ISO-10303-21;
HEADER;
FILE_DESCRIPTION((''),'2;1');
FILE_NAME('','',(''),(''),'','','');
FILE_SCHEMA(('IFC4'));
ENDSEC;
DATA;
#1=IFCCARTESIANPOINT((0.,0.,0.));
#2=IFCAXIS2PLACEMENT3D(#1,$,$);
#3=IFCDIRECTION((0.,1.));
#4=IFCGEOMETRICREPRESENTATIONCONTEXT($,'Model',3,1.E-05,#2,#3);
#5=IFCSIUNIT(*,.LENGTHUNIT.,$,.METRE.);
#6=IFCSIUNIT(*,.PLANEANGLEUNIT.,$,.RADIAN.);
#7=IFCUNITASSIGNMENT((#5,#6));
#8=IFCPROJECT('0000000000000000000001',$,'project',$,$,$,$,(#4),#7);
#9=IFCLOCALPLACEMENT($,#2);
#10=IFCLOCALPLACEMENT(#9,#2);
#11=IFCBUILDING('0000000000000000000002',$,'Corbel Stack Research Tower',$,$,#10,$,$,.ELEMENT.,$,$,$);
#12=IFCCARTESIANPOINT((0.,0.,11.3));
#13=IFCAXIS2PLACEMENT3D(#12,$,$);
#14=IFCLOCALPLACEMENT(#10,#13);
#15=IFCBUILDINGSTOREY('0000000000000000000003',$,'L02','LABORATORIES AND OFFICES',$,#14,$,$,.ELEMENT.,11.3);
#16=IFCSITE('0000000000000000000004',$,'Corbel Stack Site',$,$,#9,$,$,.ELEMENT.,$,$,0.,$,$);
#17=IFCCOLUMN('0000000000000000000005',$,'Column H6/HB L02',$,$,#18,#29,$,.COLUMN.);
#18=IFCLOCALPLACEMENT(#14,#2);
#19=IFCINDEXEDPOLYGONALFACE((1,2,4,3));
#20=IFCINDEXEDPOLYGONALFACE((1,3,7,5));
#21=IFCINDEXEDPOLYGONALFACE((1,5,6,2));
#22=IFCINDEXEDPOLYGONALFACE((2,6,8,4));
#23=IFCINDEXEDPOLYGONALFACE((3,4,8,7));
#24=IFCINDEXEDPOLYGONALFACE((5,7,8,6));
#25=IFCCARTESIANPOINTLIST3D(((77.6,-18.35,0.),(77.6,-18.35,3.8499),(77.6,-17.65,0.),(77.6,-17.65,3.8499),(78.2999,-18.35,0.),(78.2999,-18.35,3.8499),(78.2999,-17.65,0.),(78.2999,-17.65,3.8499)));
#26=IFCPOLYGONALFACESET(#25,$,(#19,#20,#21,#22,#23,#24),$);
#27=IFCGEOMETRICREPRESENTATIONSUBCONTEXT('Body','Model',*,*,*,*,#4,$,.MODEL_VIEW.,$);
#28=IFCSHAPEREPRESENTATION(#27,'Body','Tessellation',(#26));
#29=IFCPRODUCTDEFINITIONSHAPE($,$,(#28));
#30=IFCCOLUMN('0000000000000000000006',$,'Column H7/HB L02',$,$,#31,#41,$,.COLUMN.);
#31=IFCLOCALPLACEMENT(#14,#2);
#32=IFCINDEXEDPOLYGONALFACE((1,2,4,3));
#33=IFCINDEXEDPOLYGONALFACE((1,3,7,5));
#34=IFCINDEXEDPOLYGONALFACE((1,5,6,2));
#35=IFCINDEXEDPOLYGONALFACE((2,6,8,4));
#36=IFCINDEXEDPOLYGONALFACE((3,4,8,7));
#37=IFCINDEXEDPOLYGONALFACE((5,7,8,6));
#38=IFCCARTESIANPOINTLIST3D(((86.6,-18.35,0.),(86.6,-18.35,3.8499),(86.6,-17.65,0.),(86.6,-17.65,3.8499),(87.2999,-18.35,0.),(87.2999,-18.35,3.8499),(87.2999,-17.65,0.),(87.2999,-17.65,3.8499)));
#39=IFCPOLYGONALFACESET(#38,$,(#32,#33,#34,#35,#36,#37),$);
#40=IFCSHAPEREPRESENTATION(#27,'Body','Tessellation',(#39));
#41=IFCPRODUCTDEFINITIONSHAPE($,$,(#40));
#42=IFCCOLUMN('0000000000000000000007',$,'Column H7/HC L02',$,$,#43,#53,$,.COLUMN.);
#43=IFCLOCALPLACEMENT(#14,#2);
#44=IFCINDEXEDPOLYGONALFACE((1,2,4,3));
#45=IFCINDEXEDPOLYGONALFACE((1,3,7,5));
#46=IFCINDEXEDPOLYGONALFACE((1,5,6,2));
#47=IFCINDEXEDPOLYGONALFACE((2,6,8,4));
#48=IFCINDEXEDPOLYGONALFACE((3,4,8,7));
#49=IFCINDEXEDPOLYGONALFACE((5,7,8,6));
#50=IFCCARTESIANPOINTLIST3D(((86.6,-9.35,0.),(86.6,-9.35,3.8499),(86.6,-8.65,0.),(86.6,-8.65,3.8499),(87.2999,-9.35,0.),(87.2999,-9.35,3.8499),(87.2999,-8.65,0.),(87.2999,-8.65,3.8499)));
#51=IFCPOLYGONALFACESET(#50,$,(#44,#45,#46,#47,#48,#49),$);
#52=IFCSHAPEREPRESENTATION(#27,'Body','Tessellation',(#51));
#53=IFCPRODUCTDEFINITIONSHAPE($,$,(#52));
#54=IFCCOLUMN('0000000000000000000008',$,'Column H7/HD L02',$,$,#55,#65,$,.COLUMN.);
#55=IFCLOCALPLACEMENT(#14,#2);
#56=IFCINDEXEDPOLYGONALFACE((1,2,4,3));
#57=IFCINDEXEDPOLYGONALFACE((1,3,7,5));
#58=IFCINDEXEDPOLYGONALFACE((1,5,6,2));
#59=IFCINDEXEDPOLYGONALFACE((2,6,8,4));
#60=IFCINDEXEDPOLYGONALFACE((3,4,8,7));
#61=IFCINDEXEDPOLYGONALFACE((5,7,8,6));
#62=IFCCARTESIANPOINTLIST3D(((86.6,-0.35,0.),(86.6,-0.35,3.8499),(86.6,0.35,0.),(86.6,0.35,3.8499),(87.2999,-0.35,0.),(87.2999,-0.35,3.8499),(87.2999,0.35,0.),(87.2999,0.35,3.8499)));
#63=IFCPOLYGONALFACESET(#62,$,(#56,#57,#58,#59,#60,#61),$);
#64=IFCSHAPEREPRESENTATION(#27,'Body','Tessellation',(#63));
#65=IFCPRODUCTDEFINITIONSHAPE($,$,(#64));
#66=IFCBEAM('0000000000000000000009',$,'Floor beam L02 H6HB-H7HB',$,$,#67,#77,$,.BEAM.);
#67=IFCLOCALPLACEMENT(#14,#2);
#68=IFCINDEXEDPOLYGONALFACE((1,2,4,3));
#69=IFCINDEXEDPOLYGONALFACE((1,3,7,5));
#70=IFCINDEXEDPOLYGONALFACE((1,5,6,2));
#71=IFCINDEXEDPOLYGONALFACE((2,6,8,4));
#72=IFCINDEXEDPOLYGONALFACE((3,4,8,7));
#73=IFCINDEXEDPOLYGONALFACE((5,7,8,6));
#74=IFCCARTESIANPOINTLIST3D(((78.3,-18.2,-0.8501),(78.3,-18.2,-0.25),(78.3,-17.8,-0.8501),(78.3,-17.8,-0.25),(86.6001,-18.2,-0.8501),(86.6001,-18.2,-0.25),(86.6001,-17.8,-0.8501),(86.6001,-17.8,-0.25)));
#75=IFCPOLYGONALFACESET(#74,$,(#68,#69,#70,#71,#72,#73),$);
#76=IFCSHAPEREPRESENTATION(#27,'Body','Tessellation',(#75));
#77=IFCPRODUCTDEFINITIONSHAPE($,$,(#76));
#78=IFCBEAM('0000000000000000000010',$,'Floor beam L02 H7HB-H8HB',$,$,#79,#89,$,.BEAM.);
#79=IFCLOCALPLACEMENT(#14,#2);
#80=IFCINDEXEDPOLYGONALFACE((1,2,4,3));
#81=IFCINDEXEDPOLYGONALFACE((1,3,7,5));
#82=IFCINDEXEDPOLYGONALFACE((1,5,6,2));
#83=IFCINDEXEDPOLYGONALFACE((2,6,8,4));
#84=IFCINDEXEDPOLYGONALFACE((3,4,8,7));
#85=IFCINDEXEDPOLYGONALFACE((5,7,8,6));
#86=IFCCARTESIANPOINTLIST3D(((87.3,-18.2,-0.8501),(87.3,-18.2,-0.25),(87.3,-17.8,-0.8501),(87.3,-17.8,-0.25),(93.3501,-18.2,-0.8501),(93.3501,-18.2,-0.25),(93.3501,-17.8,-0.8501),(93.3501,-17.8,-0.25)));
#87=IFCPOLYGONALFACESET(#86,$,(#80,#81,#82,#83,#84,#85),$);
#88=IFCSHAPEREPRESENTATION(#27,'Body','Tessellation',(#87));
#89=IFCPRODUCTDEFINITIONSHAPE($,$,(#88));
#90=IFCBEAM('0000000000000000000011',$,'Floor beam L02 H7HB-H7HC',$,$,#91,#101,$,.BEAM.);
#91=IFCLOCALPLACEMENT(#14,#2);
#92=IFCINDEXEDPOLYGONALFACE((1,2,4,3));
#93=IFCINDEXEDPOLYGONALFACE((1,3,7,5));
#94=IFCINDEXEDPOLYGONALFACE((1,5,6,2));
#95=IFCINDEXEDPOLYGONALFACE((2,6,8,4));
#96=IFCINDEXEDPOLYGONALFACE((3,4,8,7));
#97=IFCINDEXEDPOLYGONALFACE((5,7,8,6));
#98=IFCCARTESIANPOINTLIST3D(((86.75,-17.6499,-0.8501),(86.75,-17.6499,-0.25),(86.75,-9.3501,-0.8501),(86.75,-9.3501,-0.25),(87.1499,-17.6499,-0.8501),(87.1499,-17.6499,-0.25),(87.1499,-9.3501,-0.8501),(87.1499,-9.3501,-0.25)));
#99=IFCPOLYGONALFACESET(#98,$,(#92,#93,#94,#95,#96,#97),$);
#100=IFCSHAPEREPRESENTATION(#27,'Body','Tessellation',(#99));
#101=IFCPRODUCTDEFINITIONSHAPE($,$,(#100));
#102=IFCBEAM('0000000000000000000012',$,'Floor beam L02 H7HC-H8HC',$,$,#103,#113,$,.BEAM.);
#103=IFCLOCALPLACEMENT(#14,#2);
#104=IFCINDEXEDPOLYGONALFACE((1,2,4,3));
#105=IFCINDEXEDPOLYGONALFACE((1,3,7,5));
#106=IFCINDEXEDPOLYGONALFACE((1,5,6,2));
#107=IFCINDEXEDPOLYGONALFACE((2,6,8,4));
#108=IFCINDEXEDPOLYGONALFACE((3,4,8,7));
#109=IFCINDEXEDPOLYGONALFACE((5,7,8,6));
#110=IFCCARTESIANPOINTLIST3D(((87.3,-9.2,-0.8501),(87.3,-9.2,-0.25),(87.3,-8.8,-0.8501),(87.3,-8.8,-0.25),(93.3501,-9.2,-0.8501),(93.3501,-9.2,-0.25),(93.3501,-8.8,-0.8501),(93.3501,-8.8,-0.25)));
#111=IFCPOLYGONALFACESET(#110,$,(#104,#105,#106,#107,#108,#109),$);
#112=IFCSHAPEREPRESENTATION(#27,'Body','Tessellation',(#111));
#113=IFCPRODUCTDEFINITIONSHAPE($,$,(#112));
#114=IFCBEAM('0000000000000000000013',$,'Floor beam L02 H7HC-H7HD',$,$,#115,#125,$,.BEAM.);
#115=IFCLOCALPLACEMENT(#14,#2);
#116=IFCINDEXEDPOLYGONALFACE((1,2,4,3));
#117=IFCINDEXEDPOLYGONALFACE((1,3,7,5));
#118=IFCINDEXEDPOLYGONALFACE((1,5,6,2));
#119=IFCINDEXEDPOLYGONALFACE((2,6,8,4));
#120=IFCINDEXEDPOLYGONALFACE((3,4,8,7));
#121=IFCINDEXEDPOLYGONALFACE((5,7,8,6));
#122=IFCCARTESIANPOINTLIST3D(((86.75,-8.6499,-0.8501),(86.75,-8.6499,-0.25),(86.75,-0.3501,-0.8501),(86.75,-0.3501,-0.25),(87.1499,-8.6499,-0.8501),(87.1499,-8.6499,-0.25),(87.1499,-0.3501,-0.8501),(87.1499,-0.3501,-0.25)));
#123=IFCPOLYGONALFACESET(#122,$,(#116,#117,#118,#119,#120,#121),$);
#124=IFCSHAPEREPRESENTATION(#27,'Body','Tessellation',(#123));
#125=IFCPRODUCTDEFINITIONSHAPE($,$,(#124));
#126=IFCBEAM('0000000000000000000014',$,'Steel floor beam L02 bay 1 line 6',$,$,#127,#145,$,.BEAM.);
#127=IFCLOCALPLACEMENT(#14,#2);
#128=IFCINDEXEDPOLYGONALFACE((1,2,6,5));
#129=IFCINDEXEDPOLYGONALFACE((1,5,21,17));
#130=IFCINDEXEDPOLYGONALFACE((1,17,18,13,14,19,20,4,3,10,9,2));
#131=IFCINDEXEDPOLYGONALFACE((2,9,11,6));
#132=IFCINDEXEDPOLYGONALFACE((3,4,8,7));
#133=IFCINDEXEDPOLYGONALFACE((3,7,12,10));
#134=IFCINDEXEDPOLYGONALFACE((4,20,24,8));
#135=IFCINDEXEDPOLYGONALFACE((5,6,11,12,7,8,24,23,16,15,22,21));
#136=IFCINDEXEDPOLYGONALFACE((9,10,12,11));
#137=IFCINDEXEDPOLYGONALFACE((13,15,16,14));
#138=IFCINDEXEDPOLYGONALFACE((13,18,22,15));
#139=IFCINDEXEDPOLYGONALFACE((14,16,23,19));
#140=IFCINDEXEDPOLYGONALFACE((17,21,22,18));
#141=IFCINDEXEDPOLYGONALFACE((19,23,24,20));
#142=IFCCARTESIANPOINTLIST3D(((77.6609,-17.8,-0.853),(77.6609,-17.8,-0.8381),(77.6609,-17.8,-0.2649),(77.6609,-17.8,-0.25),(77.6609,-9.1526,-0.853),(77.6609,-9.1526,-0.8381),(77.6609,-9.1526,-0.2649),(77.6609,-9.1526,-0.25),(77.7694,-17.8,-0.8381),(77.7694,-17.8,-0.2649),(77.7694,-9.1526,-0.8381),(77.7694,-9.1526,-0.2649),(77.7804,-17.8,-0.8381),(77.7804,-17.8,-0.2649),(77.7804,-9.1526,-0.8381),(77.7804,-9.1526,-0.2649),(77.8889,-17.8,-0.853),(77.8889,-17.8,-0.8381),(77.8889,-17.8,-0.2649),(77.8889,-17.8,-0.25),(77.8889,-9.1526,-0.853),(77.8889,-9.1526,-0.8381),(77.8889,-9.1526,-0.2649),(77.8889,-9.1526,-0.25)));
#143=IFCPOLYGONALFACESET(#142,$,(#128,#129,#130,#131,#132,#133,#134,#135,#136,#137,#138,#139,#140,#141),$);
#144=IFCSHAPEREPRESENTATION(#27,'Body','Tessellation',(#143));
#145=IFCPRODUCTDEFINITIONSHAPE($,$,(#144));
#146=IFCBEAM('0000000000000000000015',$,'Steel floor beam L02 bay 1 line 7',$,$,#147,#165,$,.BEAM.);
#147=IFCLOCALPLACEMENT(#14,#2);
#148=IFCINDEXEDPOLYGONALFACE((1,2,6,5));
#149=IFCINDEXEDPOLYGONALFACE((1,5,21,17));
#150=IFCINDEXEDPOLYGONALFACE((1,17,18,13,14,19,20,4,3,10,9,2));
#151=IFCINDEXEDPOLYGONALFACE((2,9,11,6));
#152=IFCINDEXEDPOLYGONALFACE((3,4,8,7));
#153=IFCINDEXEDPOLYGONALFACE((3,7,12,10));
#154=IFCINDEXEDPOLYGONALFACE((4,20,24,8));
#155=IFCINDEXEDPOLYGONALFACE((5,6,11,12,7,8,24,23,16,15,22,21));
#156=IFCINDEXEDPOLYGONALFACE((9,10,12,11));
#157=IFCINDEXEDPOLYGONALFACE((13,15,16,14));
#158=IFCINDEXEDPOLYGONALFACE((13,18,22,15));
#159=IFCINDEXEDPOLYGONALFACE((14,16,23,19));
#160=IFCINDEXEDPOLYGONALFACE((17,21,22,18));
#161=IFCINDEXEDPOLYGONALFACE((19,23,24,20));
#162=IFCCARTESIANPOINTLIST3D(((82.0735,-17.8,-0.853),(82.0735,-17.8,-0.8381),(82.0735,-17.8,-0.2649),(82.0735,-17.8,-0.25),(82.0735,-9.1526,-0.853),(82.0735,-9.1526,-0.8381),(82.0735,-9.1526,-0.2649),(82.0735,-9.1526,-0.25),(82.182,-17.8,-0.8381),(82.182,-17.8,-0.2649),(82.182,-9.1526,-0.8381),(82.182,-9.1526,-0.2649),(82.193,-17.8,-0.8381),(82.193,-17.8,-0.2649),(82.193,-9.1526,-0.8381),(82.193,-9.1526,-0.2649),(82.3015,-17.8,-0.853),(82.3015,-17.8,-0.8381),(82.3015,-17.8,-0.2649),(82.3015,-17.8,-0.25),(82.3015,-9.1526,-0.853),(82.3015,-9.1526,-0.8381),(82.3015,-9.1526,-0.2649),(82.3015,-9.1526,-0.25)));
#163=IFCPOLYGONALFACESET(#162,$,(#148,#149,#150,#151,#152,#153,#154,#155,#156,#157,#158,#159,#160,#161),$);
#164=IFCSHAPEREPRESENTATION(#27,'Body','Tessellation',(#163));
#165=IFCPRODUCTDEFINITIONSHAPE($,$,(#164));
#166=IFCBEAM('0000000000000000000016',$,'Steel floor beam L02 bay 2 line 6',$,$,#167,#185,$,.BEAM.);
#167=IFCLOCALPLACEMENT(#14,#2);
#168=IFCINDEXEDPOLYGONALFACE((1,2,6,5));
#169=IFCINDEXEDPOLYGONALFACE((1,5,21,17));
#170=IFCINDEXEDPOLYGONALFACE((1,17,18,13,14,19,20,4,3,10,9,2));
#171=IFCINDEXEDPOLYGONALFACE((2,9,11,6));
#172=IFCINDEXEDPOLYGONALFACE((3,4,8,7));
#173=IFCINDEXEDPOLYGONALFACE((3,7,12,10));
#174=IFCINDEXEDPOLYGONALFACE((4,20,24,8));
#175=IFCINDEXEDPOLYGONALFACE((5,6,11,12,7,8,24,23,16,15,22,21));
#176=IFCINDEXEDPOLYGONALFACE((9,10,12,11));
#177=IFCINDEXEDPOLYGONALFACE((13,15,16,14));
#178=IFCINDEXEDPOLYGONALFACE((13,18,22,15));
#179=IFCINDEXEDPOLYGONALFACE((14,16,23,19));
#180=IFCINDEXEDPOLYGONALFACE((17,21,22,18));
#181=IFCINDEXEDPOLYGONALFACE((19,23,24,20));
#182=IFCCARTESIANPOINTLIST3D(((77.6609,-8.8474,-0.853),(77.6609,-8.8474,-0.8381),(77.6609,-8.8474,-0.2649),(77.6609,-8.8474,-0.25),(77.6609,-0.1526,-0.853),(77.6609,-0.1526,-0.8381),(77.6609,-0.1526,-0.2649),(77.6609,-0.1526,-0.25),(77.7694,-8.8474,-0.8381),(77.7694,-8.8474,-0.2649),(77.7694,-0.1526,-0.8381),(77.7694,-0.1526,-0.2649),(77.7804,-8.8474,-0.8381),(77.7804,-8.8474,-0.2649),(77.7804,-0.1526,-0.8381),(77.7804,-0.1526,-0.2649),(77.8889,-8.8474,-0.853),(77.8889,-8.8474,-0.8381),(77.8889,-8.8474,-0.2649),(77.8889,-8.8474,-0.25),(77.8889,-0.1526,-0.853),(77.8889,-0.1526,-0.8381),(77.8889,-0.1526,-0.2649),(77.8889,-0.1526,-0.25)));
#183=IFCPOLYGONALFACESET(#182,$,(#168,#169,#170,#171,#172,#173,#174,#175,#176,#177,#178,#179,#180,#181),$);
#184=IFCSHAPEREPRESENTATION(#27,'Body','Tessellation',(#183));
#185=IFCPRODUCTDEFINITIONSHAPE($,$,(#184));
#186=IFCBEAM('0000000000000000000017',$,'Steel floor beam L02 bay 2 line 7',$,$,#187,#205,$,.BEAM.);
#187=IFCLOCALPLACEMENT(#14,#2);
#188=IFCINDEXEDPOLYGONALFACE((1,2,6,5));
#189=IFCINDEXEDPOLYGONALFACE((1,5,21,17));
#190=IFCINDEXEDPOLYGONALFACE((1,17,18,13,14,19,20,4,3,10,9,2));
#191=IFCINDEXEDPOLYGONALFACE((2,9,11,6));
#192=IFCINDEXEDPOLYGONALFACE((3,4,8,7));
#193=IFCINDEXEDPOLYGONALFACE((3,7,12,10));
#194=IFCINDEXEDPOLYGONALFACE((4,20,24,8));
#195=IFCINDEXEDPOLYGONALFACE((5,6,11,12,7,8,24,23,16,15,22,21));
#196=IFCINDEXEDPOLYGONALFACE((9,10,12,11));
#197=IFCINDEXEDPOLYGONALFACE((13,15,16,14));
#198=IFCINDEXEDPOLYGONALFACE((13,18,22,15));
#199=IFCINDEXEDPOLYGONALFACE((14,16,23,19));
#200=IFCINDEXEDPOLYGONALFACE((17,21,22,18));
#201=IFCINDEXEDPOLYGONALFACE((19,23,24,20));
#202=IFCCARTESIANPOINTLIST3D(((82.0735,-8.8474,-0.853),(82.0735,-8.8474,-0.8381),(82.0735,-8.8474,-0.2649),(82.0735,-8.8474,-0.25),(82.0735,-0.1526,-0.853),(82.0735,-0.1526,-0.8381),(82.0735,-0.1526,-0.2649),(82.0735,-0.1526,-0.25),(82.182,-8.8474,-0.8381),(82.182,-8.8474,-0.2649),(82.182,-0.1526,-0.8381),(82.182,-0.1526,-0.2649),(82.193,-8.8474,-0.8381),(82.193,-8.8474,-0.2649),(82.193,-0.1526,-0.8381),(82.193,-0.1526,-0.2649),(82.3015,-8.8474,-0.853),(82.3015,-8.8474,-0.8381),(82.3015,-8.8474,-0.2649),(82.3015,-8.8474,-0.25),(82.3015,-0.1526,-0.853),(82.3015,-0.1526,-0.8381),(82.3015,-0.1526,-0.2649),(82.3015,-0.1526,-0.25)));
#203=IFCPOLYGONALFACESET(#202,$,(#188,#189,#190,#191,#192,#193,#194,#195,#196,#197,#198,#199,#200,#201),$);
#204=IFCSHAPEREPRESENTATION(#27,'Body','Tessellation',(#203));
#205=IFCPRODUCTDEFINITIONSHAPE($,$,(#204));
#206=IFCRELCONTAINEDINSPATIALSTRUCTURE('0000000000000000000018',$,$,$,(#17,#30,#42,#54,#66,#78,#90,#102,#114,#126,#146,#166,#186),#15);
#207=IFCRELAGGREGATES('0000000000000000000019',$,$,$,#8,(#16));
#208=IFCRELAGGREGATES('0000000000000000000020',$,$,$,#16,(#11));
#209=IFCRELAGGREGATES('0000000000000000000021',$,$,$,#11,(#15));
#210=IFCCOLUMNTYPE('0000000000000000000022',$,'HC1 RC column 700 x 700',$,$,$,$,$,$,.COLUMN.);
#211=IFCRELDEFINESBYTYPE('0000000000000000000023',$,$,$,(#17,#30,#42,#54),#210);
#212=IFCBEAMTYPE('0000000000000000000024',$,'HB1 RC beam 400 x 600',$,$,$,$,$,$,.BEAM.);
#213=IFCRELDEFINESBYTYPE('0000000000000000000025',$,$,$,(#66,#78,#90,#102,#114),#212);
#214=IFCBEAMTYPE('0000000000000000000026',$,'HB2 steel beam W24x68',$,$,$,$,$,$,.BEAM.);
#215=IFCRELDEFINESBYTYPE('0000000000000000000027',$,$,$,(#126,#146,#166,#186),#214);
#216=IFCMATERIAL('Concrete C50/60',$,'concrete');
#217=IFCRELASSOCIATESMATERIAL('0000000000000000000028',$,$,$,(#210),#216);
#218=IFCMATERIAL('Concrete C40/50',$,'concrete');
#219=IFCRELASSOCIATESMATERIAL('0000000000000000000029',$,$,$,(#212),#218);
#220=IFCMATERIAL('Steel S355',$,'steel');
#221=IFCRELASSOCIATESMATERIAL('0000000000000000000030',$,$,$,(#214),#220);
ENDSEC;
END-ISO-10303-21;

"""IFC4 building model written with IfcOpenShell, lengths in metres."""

from ifc_helpers import new_model, si_unit, direction, frame, origin, origin_2d, place, context, subcontext, project, spatial, rectangle, i_section, extrude, material, material_profile, profile_set, type_object, element, save


model = new_model("IFC4")

# Units and contexts
model_context = context("Model", 3, precision=1e-05, world=origin(), true_north=direction((0.0, 1.0)))
body_context = subcontext(model_context, "Body", "Model", "MODEL_VIEW")
ifc_project = project(units=[si_unit("LENGTHUNIT", "METRE"), si_unit("PLANEANGLEUNIT", "RADIAN")], contexts=[model_context])

# Site, building, storey
site_placement = place(None, origin())
site = spatial("IfcSite", under=ifc_project, at=site_placement, Name="Corbel Stack Site", CompositionType="ELEMENT", RefElevation=0.0)
building_placement = place(site_placement, origin())
building = spatial("IfcBuilding", under=site, at=building_placement, Name="Corbel Stack Research Tower", CompositionType="ELEMENT")
storey_placement = place(building_placement, frame((0.0, 0.0, 11.3)))
storey = spatial("IfcBuildingStorey", under=building, at=storey_placement, Name="L02", Description="LABORATORIES AND OFFICES", CompositionType="ELEMENT", Elevation=11.3)

# Columns
ifc_material_1 = material(Name="Concrete C50/60", Category="concrete")
ifc_material_profile_1 = material_profile(ifc_material_1, rectangle(XDim=0.7, YDim=0.7, at=origin_2d()), Name="RC 700 x 700")
ifc_profile_set_1 = profile_set([ifc_material_profile_1], Name="Concrete C50/60")
column_type = type_object("IfcColumnType", Name="HC1 RC column 700 x 700", PredefinedType="COLUMN", material=ifc_profile_set_1)
for number, where, z_axis, x_axis, name in (
    (1, (77.95, -18.0, 0.0), (0.0, 0.0, 1.0), (1.0, 0.0, 0.0), "Column H6/HB L02"),
    (2, (86.95, -18.0, 0.0), (0.0, 0.0, 1.0), (1.0, 0.0, 0.0), "Column H7/HB L02"),
    (3, (86.95, -9.0, 0.0), (0.0, 0.0, 1.0), (1.0, 0.0, 0.0), "Column H7/HC L02"),
    (4, (86.95, 0.0, 0.0), (0.0, 0.0, 1.0), (1.0, 0.0, 0.0), "Column H7/HD L02"),
):
    element("IfcColumn", number, at=place(storey_placement, frame(where, z_axis=z_axis, x_axis=x_axis)), inside=storey, type_object=column_type, Name=name, PredefinedType="COLUMN", context=body_context, shape_type="SweptSolid", body=[
        extrude(rectangle(XDim=0.7, YDim=0.7, at=origin_2d()), origin(), (0.0, 0.0, 1.0), 3.8499),
    ])

# Beams
ifc_material_2 = material(Name="Concrete C40/50", Category="concrete")
ifc_material_profile_2 = material_profile(ifc_material_2, rectangle(XDim=0.3999, YDim=0.6001, at=origin_2d()), Name="RC 400 x 600")
ifc_profile_set_2 = profile_set([ifc_material_profile_2], Name="Concrete C40/50")
beam_type_1 = type_object("IfcBeamType", Name="HB1 RC beam 400 x 600", PredefinedType="BEAM", material=ifc_profile_set_2)
beam_1_placement = place(storey_placement, frame((78.3, -18.0, -0.55), z_axis=(1.0, 0.0, 0.0), x_axis=(0.0, 1.0, 0.0)))
element("IfcBeam", 5, at=beam_1_placement, inside=storey, type_object=beam_type_1, Name="Floor beam L02 H6HB-H7HB", PredefinedType="BEAM", context=body_context, shape_type="SweptSolid", body=[
    extrude(rectangle(XDim=0.3999, YDim=0.6001, at=origin_2d()), origin(), (0.0, 0.0, 1.0), 8.3),
])
beam_2_placement = place(storey_placement, frame((87.3, -18.0, -0.55), z_axis=(1.0, 0.0, 0.0), x_axis=(0.0, 1.0, 0.0)))
element("IfcBeam", 6, at=beam_2_placement, inside=storey, type_object=beam_type_1, Name="Floor beam L02 H7HB-H8HB", PredefinedType="BEAM", context=body_context, shape_type="SweptSolid", body=[
    extrude(rectangle(XDim=0.3999, YDim=0.6001, at=origin_2d()), origin(), (0.0, 0.0, 1.0), 6.05),
])
beam_3_placement = place(storey_placement, frame((86.95, -17.6499, -0.55), z_axis=(0.0, 1.0, 0.0), x_axis=(-1.0, 0.0, 0.0)))
element("IfcBeam", 7, at=beam_3_placement, inside=storey, type_object=beam_type_1, Name="Floor beam L02 H7HB-H7HC", PredefinedType="BEAM", context=body_context, shape_type="SweptSolid", body=[
    extrude(rectangle(XDim=0.3999, YDim=0.6001, at=origin_2d()), origin(), (0.0, 0.0, 1.0), 8.2998),
])
beam_4_placement = place(storey_placement, frame((87.3, -9.0, -0.55), z_axis=(1.0, 0.0, 0.0), x_axis=(0.0, 1.0, 0.0)))
element("IfcBeam", 8, at=beam_4_placement, inside=storey, type_object=beam_type_1, Name="Floor beam L02 H7HC-H8HC", PredefinedType="BEAM", context=body_context, shape_type="SweptSolid", body=[
    extrude(rectangle(XDim=0.3999, YDim=0.6001, at=origin_2d()), origin(), (0.0, 0.0, 1.0), 6.05),
])
beam_5_placement = place(storey_placement, frame((86.95, -8.6499, -0.55), z_axis=(0.0, 1.0, 0.0), x_axis=(-1.0, 0.0, 0.0)))
element("IfcBeam", 9, at=beam_5_placement, inside=storey, type_object=beam_type_1, Name="Floor beam L02 H7HC-H7HD", PredefinedType="BEAM", context=body_context, shape_type="SweptSolid", body=[
    extrude(rectangle(XDim=0.3999, YDim=0.6001, at=origin_2d()), origin(), (0.0, 0.0, 1.0), 8.2998),
])
ifc_material_3 = material(Name="Steel S355", Category="steel")
ifc_material_profile_3 = material_profile(ifc_material_3, i_section(OverallWidth=0.228, OverallDepth=0.603, WebThickness=0.011, FlangeThickness=0.0149, at=origin_2d()), Name="W24x68")
ifc_profile_set_3 = profile_set([ifc_material_profile_3], Name="Steel S355")
beam_type_2 = type_object("IfcBeamType", Name="HB2 steel beam W24x68", PredefinedType="BEAM", material=ifc_profile_set_3)
for number, where, z_axis, x_axis, name in (
    (10, (77.7749, -17.8, -0.5515), (0.0, 1.0, 0.0), (-1.0, 0.0, 0.0), "Steel floor beam L02 bay 1 line 6"),
    (11, (82.1875, -17.8, -0.5515), (0.0, 1.0, 0.0), (-1.0, 0.0, 0.0), "Steel floor beam L02 bay 1 line 7"),
):
    element("IfcBeam", number, at=place(storey_placement, frame(where, z_axis=z_axis, x_axis=x_axis)), inside=storey, type_object=beam_type_2, Name=name, PredefinedType="BEAM", context=body_context, shape_type="SweptSolid", body=[
        extrude(i_section(OverallWidth=0.228, OverallDepth=0.603, WebThickness=0.011, FlangeThickness=0.0149, at=origin_2d()), origin(), (0.0, 0.0, 1.0), 8.6475),
    ])
for number, where, z_axis, x_axis, name in (
    (12, (77.7749, -8.8474, -0.5515), (0.0, 1.0, 0.0), (-1.0, 0.0, 0.0), "Steel floor beam L02 bay 2 line 6"),
    (13, (82.1875, -8.8474, -0.5515), (0.0, 1.0, 0.0), (-1.0, 0.0, 0.0), "Steel floor beam L02 bay 2 line 7"),
):
    element("IfcBeam", number, at=place(storey_placement, frame(where, z_axis=z_axis, x_axis=x_axis)), inside=storey, type_object=beam_type_2, Name=name, PredefinedType="BEAM", context=body_context, shape_type="SweptSolid", body=[
        extrude(i_section(OverallWidth=0.228, OverallDepth=0.603, WebThickness=0.011, FlangeThickness=0.0149, at=origin_2d()), origin(), (0.0, 0.0, 1.0), 8.6948),
    ])

save(model, "model.ifc")
